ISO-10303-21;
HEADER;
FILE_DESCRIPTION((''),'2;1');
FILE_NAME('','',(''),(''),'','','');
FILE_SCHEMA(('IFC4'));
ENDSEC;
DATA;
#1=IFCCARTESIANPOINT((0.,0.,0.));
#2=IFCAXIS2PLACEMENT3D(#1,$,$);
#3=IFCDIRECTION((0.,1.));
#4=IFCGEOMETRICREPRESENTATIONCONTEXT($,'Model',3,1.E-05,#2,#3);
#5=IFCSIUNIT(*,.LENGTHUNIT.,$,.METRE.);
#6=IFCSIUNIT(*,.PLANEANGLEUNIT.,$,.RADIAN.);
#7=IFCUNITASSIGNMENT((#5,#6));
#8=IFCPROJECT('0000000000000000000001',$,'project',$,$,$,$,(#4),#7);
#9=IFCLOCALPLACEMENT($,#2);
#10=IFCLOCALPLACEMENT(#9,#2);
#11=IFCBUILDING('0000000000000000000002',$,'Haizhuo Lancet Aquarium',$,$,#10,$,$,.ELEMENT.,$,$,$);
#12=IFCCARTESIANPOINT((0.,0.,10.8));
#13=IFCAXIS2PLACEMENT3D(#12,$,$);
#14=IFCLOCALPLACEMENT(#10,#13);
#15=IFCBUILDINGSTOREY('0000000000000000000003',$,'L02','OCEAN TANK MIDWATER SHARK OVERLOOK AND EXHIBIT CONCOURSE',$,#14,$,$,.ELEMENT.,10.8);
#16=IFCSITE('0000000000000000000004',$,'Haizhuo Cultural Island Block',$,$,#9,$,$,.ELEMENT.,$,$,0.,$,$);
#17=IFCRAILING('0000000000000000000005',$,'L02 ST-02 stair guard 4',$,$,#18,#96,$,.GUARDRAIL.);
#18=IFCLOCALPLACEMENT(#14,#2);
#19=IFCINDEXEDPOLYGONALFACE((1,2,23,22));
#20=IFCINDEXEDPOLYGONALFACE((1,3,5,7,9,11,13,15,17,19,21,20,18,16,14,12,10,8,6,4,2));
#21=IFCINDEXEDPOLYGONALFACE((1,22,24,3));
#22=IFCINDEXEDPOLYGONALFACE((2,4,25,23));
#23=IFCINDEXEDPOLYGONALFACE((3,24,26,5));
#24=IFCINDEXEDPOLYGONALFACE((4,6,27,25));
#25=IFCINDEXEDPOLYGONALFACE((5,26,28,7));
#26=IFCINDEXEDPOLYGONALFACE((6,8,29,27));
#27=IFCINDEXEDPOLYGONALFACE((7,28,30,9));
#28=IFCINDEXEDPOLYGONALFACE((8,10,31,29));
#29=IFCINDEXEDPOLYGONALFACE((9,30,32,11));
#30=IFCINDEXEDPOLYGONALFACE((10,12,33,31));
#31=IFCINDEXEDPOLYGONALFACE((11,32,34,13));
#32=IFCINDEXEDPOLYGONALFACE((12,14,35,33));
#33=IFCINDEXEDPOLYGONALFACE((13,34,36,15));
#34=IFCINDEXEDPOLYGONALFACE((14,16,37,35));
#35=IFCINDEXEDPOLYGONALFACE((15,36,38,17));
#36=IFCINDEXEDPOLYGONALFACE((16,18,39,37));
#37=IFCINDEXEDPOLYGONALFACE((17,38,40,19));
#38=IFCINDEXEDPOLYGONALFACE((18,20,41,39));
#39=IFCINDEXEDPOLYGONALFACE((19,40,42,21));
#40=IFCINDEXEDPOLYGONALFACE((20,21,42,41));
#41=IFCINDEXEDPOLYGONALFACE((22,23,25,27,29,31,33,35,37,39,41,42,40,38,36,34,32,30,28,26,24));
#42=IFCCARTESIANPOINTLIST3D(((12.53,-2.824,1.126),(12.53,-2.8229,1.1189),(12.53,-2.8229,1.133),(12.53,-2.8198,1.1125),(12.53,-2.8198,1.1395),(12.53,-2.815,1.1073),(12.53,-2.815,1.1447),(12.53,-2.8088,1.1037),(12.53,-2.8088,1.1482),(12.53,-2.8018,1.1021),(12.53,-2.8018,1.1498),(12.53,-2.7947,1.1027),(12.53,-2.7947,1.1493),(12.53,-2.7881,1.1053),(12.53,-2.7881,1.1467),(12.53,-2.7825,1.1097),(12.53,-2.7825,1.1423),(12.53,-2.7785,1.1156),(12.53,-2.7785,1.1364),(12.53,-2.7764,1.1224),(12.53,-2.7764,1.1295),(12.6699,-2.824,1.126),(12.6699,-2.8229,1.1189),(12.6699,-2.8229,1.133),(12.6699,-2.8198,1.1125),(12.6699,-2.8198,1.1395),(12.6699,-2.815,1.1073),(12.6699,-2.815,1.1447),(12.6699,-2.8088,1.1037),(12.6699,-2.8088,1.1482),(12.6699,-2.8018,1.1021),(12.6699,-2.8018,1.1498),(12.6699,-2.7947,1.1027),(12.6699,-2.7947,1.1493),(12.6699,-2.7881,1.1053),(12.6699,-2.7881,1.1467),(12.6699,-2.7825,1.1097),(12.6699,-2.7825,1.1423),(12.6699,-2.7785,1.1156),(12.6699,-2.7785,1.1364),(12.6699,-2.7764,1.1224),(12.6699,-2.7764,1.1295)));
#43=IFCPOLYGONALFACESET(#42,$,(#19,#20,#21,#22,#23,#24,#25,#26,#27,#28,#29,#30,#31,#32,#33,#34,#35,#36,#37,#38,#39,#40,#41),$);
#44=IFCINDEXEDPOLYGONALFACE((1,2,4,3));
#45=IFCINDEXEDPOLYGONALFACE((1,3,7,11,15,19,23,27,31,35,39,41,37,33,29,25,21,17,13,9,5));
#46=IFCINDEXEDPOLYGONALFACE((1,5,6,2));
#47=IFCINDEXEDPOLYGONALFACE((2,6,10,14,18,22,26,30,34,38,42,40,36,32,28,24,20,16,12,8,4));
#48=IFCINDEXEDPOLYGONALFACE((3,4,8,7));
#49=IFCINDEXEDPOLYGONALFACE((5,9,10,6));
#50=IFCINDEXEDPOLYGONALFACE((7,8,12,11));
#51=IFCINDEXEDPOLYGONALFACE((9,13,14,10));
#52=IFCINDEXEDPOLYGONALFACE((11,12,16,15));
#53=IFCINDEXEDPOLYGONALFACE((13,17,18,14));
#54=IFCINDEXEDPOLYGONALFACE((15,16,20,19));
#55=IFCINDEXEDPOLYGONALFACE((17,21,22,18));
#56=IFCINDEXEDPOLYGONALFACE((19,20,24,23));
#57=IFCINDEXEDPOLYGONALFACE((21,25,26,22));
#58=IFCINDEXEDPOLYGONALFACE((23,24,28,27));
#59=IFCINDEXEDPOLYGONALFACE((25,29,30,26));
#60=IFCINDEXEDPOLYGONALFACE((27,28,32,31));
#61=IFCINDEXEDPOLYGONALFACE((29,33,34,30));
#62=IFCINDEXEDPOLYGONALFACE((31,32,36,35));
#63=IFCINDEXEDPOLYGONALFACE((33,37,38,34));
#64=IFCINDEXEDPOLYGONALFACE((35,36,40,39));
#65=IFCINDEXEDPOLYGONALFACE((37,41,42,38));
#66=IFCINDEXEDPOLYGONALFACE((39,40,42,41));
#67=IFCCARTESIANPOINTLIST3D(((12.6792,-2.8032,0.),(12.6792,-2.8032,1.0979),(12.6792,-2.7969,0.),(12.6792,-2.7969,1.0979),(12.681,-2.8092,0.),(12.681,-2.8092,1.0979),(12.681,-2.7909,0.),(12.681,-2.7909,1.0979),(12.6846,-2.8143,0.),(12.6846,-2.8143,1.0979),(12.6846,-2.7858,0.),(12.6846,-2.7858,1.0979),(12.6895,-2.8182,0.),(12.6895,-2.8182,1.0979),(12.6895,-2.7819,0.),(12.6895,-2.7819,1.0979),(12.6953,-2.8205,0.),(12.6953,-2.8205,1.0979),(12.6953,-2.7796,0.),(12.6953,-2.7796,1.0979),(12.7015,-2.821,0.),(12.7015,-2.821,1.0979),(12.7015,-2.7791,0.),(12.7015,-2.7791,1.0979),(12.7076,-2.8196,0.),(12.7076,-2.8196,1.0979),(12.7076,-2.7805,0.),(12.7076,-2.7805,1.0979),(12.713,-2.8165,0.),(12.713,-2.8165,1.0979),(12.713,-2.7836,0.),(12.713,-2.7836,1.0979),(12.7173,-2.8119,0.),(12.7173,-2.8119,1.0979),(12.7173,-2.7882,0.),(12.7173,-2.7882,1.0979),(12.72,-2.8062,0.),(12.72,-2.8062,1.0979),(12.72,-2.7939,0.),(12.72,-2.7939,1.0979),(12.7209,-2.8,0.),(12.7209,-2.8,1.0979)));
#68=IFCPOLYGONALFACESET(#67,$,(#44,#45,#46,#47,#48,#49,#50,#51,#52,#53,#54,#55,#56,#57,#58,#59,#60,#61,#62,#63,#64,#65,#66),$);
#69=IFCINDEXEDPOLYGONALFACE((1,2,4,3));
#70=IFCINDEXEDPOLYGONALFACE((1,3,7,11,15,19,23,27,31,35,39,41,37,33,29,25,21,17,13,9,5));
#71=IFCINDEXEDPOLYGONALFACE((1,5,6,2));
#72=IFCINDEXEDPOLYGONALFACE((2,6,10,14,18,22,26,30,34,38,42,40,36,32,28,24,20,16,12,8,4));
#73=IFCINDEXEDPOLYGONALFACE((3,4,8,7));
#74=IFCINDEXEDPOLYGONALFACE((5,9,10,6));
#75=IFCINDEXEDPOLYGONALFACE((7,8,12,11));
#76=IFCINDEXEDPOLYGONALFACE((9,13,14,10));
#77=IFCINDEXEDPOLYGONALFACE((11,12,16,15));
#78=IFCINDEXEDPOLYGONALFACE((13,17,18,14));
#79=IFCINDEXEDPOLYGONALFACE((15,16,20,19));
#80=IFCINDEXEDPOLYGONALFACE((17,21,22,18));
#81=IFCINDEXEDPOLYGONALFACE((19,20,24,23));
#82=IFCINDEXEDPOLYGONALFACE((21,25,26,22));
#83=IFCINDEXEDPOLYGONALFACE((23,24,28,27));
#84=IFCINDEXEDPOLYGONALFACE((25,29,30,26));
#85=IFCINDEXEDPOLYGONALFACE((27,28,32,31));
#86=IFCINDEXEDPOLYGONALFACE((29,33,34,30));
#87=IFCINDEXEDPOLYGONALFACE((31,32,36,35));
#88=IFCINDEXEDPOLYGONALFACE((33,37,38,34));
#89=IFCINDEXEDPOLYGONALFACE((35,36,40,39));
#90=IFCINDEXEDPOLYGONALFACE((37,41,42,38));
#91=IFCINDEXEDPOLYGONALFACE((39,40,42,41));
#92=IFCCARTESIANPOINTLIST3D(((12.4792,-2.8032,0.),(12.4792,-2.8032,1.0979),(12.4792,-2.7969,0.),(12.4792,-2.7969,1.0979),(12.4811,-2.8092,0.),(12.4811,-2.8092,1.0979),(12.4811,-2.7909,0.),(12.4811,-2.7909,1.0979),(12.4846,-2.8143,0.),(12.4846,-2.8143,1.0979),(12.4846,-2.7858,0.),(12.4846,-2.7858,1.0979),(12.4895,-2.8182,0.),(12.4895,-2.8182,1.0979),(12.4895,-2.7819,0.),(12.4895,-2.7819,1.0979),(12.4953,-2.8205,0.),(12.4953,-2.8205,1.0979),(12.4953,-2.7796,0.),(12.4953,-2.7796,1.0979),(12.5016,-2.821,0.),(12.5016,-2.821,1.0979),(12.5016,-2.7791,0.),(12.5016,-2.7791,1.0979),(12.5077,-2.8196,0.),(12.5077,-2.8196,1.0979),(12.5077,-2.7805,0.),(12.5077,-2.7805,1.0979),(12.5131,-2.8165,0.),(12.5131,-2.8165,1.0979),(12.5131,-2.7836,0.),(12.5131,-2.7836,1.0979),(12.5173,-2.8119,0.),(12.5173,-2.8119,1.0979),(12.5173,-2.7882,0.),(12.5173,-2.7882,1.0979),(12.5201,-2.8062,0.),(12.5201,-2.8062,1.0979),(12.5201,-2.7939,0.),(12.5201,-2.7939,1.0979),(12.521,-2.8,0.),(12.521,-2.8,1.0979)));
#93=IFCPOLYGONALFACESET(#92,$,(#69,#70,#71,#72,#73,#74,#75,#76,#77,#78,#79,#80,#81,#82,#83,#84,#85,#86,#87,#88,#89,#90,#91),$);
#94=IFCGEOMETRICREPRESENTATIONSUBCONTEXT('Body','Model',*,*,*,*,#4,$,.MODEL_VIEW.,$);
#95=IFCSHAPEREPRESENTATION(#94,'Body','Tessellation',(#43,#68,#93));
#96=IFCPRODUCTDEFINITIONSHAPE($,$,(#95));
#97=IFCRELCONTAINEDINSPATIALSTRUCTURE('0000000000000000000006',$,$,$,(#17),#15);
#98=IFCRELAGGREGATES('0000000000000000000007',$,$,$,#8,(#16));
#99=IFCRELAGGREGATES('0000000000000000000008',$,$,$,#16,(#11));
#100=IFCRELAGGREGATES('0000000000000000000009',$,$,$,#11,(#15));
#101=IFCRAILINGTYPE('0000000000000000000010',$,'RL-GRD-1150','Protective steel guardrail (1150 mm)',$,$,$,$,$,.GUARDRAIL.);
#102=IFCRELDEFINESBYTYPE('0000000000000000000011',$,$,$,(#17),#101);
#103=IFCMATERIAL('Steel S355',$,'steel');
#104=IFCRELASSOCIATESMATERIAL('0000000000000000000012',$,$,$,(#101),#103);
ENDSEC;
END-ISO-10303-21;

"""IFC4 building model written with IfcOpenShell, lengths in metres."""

from ifc_helpers import new_model, si_unit, direction, frame, origin, origin_2d, place, context, subcontext, project, spatial, circle, extrude, material, type_object, element, save


model = new_model("IFC4")

# Units and contexts
model_context = context("Model", 3, precision=1e-05, world=origin(), true_north=direction((0.0, 1.0)))
body_context = subcontext(model_context, "Body", "Model", "MODEL_VIEW")
ifc_project = project(units=[si_unit("LENGTHUNIT", "METRE"), si_unit("PLANEANGLEUNIT", "RADIAN")], contexts=[model_context])

# Site, building, storey
site_placement = place(None, origin())
site = spatial("IfcSite", under=ifc_project, at=site_placement, Name="Haizhuo Cultural Island Block", CompositionType="ELEMENT", RefElevation=0.0)
building_placement = place(site_placement, origin())
building = spatial("IfcBuilding", under=site, at=building_placement, Name="Haizhuo Lancet Aquarium", CompositionType="ELEMENT")
storey_placement = place(building_placement, frame((0.0, 0.0, 10.8)))
storey = spatial("IfcBuildingStorey", under=building, at=storey_placement, Name="L02", Description="OCEAN TANK MIDWATER SHARK OVERLOOK AND EXHIBIT CONCOURSE", CompositionType="ELEMENT", Elevation=10.8)

# Shared definitions
ifc_material_1 = material(Name="Steel S355", Category="steel")

# Railing
railing_type_1 = type_object("IfcRailingType", Name="RL-GRD-1150", Description="Protective steel guardrail (1150 mm)", PredefinedType="GUARDRAIL", material=ifc_material_1)
railing_1_placement = place(storey_placement, frame((12.7, -2.8, 0.0)))
element("IfcRailing", 1, at=railing_1_placement, inside=storey, type_object=railing_type_1, Name="L02 ST-02 stair guard 4", PredefinedType="GUARDRAIL", context=body_context, shape_type="SweptSolid", body=[
    extrude(circle(Radius=0.0239, at=origin_2d()), frame((-0.03, 0.0, 1.126), z_axis=(-1.0, 0.0, 0.0), x_axis=(0.0, -1.0, 0.0)), (0.0, 0.0, 1.0), 0.1399),
    extrude(circle(Radius=0.021, at=origin_2d()), origin(), (0.0, 0.0, 1.0), 1.0979),
    extrude(circle(Radius=0.021, at=origin_2d()), frame((-0.2, 0.0, 0.0)), (0.0, 0.0, 1.0), 1.0979),
])

save(model, "model.ifc")
